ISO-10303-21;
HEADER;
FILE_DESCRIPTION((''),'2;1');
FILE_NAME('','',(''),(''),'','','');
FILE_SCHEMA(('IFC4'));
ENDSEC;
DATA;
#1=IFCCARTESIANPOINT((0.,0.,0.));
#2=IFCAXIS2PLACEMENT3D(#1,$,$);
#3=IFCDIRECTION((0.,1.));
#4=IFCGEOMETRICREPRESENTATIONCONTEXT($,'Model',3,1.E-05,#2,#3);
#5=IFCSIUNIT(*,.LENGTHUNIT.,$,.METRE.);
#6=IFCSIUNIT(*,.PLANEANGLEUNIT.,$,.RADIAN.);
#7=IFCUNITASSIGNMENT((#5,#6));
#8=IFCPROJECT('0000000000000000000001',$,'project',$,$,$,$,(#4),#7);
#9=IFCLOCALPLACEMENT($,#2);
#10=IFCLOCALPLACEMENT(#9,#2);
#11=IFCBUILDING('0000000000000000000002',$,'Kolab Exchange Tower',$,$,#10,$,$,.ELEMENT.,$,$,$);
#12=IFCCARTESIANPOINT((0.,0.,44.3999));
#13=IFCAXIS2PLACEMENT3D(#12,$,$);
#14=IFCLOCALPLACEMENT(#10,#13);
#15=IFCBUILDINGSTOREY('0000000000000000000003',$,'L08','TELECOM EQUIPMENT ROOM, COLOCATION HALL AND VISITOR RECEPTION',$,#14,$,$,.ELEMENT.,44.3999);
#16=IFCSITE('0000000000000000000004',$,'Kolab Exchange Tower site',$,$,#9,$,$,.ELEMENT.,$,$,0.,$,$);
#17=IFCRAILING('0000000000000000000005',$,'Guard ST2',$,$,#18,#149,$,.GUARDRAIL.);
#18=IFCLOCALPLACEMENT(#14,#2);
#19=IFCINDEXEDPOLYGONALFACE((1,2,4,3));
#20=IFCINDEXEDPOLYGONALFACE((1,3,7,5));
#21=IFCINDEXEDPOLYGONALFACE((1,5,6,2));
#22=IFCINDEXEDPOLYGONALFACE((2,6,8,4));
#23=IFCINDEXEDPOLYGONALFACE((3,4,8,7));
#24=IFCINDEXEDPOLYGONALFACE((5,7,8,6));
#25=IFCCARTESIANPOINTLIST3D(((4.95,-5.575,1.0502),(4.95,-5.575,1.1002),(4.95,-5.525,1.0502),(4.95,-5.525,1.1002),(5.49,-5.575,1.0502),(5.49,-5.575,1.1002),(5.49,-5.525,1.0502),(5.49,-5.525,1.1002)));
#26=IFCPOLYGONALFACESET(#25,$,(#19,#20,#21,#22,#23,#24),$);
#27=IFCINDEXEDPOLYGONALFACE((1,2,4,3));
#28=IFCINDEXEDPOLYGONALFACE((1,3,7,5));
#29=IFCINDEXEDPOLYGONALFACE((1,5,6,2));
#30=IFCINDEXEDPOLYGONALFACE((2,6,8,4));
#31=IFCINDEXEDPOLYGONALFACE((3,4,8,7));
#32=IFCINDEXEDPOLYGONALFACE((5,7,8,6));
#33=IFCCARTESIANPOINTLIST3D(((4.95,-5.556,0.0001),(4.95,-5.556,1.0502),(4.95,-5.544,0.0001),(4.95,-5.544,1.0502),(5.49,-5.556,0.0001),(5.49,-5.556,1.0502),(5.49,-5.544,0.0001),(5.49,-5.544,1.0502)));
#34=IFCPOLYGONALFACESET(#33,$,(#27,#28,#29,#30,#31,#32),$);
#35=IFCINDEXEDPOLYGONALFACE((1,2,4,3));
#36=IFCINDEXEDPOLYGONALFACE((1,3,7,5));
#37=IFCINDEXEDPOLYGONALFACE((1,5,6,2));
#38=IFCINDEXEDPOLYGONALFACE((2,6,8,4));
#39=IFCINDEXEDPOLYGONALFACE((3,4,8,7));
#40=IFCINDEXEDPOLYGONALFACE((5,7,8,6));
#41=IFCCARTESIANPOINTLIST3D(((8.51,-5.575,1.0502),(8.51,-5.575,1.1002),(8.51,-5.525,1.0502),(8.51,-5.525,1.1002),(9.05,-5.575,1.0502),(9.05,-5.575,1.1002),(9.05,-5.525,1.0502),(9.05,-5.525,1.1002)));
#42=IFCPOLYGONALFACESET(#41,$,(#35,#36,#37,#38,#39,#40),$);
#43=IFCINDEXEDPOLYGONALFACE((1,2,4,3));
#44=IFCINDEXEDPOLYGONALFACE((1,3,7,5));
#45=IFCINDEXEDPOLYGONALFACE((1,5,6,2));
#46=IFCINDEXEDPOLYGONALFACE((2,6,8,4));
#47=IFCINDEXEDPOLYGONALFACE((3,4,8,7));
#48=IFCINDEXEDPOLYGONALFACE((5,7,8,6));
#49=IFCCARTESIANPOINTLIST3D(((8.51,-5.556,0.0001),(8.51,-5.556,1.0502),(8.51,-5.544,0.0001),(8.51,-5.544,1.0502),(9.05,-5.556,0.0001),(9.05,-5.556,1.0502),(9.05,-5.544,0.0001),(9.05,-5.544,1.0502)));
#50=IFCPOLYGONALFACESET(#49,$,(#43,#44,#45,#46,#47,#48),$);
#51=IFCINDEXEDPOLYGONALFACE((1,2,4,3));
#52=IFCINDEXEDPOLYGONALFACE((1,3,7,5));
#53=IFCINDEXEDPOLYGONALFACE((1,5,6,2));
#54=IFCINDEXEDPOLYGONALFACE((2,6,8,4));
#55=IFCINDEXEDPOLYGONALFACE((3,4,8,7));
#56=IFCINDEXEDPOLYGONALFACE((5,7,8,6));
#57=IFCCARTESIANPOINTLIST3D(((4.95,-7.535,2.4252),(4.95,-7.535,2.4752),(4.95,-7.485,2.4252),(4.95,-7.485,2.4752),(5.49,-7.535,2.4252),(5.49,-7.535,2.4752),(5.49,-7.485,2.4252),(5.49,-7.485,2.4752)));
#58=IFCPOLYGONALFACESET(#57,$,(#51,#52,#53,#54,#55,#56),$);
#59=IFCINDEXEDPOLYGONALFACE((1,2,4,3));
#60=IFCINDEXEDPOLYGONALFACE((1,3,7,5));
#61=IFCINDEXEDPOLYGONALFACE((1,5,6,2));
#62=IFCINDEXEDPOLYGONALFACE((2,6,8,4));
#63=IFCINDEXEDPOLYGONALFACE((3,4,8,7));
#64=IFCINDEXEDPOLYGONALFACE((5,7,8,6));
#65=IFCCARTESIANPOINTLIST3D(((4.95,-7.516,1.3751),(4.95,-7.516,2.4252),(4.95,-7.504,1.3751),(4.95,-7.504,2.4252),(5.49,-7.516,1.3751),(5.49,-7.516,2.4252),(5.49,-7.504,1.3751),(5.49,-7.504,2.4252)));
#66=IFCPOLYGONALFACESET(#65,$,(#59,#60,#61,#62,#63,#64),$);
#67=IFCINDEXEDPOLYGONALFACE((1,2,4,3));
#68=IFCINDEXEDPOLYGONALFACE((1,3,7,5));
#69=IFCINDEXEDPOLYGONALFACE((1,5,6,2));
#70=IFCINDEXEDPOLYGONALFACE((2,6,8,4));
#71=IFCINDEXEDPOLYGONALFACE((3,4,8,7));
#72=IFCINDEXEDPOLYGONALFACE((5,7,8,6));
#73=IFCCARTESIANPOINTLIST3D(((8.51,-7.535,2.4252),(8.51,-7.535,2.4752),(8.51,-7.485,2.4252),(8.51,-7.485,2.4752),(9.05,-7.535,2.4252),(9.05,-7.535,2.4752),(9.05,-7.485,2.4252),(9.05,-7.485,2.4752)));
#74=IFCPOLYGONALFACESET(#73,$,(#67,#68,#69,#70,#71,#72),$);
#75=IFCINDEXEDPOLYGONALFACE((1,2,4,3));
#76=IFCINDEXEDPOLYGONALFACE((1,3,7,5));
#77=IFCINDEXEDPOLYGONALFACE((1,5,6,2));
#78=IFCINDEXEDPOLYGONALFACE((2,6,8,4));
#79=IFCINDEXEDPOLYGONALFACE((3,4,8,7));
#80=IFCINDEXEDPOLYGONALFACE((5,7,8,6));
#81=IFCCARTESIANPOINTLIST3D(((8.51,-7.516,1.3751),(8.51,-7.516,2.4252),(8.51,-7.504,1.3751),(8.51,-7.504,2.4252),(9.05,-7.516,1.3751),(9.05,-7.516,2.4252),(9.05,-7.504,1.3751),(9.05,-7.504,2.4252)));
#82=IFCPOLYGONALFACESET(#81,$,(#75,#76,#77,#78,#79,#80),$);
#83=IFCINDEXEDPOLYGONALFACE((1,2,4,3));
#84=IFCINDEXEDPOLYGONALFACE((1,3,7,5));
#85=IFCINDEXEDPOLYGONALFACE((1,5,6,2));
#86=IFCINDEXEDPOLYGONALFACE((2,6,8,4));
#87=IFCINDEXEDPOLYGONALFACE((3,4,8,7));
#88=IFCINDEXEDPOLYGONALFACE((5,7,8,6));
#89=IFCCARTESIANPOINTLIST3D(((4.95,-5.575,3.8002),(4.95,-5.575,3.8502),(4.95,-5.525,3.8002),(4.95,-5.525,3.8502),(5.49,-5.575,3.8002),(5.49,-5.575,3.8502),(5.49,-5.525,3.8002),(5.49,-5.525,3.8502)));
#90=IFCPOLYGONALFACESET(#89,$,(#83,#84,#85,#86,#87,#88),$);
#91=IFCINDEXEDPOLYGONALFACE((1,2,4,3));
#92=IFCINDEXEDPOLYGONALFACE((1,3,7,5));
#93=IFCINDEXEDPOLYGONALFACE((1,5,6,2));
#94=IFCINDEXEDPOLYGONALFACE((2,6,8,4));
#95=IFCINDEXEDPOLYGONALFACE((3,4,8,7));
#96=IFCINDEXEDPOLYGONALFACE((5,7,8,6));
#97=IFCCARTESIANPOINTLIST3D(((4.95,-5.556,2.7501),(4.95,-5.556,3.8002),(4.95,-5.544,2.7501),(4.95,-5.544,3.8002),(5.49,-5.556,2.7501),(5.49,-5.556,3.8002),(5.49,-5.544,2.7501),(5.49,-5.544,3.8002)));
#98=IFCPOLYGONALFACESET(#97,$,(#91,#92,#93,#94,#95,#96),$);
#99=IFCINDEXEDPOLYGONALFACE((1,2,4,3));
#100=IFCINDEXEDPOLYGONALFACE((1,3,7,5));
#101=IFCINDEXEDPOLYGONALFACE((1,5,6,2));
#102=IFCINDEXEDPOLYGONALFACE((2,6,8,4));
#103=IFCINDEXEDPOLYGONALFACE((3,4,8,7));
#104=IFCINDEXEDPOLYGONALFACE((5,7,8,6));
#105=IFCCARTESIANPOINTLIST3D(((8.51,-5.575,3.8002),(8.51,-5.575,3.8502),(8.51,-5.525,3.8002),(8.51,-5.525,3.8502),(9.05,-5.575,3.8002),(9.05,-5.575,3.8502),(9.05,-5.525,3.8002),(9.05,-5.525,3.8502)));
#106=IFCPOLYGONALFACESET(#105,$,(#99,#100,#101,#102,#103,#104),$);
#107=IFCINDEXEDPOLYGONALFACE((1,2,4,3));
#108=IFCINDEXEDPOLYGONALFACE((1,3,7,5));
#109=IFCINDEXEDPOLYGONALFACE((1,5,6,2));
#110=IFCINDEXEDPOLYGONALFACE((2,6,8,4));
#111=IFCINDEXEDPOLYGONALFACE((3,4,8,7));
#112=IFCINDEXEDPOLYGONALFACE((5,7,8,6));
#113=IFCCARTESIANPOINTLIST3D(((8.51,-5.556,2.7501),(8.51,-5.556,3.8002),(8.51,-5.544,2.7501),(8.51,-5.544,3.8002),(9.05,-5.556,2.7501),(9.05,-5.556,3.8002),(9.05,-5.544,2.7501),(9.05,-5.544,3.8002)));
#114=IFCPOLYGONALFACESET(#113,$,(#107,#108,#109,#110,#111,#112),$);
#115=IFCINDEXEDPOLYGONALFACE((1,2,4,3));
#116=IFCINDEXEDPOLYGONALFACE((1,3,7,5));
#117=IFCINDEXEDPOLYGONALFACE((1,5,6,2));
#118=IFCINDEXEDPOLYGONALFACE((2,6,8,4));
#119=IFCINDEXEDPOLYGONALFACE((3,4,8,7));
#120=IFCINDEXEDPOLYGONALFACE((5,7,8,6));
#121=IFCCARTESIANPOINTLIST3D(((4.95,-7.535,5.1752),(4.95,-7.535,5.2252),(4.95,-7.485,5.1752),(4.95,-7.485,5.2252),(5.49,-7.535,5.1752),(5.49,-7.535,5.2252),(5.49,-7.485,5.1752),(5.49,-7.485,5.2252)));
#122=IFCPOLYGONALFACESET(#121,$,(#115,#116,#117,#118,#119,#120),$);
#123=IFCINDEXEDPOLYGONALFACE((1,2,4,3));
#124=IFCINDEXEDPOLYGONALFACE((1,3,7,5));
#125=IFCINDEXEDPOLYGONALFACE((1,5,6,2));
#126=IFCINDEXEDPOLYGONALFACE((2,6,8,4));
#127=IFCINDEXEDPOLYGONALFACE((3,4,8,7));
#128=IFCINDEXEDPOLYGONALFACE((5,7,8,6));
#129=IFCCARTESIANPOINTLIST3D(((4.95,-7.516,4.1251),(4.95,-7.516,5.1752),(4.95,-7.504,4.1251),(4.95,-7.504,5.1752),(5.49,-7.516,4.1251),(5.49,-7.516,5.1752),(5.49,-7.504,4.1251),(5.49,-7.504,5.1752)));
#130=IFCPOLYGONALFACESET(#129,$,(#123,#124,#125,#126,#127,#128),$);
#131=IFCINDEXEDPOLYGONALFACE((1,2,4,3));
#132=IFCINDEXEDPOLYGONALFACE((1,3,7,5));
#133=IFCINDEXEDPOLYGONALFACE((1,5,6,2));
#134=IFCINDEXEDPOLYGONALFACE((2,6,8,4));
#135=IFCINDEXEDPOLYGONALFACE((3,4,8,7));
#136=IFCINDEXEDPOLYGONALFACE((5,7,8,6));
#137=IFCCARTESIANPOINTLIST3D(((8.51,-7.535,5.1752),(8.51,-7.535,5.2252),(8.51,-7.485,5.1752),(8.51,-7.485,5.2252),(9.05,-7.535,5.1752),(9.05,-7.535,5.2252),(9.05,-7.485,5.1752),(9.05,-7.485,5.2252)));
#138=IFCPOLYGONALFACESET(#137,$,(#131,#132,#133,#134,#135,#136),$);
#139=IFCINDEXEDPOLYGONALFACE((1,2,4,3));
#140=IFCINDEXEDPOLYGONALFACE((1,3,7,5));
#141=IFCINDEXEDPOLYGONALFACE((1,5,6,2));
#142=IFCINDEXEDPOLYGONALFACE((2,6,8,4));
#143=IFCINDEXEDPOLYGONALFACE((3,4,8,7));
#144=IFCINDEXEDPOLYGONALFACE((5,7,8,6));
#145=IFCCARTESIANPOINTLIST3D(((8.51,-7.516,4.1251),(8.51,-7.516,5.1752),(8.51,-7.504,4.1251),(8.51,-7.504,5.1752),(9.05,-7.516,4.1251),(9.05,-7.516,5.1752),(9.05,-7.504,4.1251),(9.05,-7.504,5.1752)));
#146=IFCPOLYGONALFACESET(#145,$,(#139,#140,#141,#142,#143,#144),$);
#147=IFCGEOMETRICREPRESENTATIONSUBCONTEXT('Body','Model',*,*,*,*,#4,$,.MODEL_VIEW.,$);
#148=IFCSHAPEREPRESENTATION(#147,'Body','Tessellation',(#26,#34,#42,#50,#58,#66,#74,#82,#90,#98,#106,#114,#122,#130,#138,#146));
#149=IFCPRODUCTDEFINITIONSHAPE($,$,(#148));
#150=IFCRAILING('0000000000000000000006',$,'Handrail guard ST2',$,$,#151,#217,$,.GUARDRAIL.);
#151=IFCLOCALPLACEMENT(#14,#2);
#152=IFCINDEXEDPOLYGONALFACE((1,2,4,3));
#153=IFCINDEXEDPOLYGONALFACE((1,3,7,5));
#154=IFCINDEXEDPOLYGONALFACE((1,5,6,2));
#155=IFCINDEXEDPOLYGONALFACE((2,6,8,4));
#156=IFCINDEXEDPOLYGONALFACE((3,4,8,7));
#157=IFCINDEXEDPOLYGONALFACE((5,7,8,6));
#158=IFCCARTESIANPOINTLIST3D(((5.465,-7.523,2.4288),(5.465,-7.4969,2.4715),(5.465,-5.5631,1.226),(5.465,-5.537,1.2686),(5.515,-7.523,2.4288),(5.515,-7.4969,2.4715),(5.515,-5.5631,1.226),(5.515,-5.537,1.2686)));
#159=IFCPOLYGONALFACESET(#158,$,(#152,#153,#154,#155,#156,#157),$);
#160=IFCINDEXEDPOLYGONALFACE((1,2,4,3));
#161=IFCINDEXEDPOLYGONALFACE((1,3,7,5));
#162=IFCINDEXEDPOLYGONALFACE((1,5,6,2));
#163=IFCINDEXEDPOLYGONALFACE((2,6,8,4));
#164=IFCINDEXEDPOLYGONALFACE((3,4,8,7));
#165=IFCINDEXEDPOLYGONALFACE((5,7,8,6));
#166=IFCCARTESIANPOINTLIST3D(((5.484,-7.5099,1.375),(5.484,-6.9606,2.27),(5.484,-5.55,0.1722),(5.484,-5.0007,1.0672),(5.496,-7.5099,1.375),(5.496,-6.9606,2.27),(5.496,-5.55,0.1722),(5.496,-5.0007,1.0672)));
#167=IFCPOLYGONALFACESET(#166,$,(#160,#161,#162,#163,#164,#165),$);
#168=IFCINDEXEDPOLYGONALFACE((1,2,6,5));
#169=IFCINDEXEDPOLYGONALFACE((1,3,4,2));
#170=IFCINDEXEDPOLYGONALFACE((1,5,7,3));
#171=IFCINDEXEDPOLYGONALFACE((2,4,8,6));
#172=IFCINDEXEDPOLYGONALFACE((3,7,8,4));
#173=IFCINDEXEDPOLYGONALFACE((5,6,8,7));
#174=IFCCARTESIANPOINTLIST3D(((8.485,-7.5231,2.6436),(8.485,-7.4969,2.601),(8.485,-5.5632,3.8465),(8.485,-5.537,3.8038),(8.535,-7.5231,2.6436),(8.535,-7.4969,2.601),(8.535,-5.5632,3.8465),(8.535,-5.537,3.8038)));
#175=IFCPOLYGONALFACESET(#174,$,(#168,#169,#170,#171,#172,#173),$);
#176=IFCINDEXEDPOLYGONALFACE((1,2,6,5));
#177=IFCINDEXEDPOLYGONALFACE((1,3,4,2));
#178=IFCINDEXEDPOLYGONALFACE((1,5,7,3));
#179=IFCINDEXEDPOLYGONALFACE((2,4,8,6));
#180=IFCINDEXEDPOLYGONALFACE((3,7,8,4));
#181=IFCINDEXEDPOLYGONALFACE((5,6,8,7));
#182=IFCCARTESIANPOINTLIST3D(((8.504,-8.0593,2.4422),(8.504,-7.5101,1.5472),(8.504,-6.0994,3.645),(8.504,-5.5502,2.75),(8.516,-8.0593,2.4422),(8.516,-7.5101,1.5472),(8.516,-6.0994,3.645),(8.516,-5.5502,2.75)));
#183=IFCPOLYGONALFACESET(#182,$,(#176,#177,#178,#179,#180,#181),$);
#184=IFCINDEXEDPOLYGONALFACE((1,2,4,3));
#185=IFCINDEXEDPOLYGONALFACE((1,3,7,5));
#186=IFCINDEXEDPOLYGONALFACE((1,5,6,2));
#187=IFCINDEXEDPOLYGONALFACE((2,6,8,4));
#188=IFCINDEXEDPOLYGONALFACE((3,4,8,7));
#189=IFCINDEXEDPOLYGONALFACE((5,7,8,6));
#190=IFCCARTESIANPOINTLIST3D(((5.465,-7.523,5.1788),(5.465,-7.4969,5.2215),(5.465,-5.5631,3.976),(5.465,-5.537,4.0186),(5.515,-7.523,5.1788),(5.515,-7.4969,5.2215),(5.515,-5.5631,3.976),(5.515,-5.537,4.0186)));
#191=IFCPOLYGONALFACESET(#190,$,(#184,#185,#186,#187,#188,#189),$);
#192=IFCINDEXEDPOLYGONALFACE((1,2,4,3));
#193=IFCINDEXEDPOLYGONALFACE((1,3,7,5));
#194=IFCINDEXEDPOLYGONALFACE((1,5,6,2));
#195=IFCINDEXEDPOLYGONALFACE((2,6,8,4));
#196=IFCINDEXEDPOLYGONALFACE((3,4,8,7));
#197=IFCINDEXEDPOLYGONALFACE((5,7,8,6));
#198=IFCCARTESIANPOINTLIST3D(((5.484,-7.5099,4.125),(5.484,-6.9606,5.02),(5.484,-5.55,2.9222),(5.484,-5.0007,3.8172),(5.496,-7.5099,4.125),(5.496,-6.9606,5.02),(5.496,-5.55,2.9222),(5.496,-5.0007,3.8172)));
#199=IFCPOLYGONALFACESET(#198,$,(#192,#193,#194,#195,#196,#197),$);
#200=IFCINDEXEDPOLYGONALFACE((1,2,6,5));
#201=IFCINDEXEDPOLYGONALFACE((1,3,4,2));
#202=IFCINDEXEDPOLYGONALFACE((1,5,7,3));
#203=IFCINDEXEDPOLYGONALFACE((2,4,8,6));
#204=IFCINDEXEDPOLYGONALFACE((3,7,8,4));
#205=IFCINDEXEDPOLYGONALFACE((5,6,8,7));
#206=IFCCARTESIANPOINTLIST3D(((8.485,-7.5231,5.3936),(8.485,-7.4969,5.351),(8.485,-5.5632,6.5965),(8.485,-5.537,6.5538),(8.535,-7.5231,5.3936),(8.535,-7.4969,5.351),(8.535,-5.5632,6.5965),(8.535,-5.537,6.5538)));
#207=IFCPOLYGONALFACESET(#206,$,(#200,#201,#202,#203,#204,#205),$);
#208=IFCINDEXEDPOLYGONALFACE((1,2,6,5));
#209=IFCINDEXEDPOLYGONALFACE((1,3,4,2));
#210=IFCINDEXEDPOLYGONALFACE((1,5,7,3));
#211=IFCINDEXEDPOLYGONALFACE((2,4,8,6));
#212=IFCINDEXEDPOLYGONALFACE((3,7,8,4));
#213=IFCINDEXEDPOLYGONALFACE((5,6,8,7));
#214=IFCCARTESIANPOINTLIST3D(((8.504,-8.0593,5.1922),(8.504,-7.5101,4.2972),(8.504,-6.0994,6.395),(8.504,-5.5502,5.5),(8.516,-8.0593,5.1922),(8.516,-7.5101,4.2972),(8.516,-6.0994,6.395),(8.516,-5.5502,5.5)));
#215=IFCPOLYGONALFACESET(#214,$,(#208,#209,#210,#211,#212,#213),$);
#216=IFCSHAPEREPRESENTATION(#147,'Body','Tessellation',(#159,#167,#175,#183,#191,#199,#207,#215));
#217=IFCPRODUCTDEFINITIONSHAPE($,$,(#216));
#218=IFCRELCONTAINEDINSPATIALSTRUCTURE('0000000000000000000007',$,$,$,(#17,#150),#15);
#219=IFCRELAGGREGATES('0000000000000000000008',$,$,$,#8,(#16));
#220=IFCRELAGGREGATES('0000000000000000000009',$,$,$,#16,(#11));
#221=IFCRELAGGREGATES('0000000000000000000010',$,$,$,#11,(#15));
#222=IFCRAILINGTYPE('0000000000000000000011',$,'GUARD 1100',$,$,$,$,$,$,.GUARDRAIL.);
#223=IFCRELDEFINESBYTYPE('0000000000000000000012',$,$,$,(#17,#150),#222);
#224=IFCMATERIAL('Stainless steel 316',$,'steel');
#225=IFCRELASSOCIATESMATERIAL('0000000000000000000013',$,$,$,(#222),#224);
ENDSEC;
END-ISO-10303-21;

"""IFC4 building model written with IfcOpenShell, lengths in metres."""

from ifc_helpers import new_model, si_unit, direction, frame, frame_2d, origin, origin_2d, place, context, subcontext, project, spatial, rectangle, extrude, material, type_object, element, save


model = new_model("IFC4")

# Units and contexts
model_context = context("Model", 3, precision=1e-05, world=origin(), true_north=direction((0.0, 1.0)))
body_context = subcontext(model_context, "Body", "Model", "MODEL_VIEW")
ifc_project = project(units=[si_unit("LENGTHUNIT", "METRE"), si_unit("PLANEANGLEUNIT", "RADIAN")], contexts=[model_context])

# Site, building, storey
site_placement = place(None, origin())
site = spatial("IfcSite", under=ifc_project, at=site_placement, Name="Kolab Exchange Tower site", CompositionType="ELEMENT", RefElevation=0.0)
building_placement = place(site_placement, origin())
building = spatial("IfcBuilding", under=site, at=building_placement, Name="Kolab Exchange Tower", CompositionType="ELEMENT")
storey_placement = place(building_placement, frame((0.0, 0.0, 44.3999)))
storey = spatial("IfcBuildingStorey", under=building, at=storey_placement, Name="L08", Description="TELECOM EQUIPMENT ROOM, COLOCATION HALL AND VISITOR RECEPTION", CompositionType="ELEMENT", Elevation=44.3999)

# Shared definitions
ifc_material_1 = material(Name="Stainless steel 316", Category="steel")

# Railings
railing_type = type_object("IfcRailingType", Name="GUARD 1100", PredefinedType="GUARDRAIL", material=ifc_material_1)
railing_1_placement = place(storey_placement, frame((4.95, -5.55, 0.0)))
element("IfcRailing", 1, at=railing_1_placement, inside=storey, type_object=railing_type, Name="Guard ST2", PredefinedType="GUARDRAIL", context=body_context, shape_type="SweptSolid", body=[
    extrude(rectangle(XDim=0.05, YDim=0.05, at=origin_2d()), frame((0.0, 0.0, 1.0752), z_axis=(1.0, 0.0, 0.0), x_axis=(0.0, 1.0, 0.0)), (0.0, 0.0, 1.0), 0.54),
    extrude(rectangle(XDim=0.012, YDim=1.0501, at=frame_2d((0.0, 0.5251))), frame((0.0, 0.0, 0.0), z_axis=(1.0, 0.0, 0.0), x_axis=(0.0, 1.0, 0.0)), (0.0, 0.0, 1.0), 0.54),
    extrude(rectangle(XDim=0.05, YDim=0.05, at=origin_2d()), frame((3.5601, 0.0, 1.0752), z_axis=(1.0, 0.0, 0.0), x_axis=(0.0, 1.0, 0.0)), (0.0, 0.0, 1.0), 0.54),
    extrude(rectangle(XDim=0.012, YDim=1.0501, at=frame_2d((0.0, 0.5251))), frame((3.5601, 0.0, 0.0), z_axis=(1.0, 0.0, 0.0), x_axis=(0.0, 1.0, 0.0)), (0.0, 0.0, 1.0), 0.54),
    extrude(rectangle(XDim=0.05, YDim=0.05, at=origin_2d()), frame((0.0, -1.96, 2.4502), z_axis=(1.0, 0.0, 0.0), x_axis=(0.0, 1.0, 0.0)), (0.0, 0.0, 1.0), 0.54),
    extrude(rectangle(XDim=0.012, YDim=1.0501, at=frame_2d((0.0, 0.5251))), frame((0.0, -1.96, 1.375), z_axis=(1.0, 0.0, 0.0), x_axis=(0.0, 1.0, 0.0)), (0.0, 0.0, 1.0), 0.54),
    extrude(rectangle(XDim=0.05, YDim=0.05, at=origin_2d()), frame((3.5601, -1.96, 2.4502), z_axis=(1.0, 0.0, 0.0), x_axis=(0.0, 1.0, 0.0)), (0.0, 0.0, 1.0), 0.54),
    extrude(rectangle(XDim=0.012, YDim=1.0501, at=frame_2d((0.0, 0.5251))), frame((3.5601, -1.96, 1.375), z_axis=(1.0, 0.0, 0.0), x_axis=(0.0, 1.0, 0.0)), (0.0, 0.0, 1.0), 0.54),
    extrude(rectangle(XDim=0.05, YDim=0.05, at=origin_2d()), frame((0.0, 0.0, 3.8252), z_axis=(1.0, 0.0, 0.0), x_axis=(0.0, 1.0, 0.0)), (0.0, 0.0, 1.0), 0.54),
    extrude(rectangle(XDim=0.012, YDim=1.0501, at=frame_2d((0.0, 0.5251))), frame((0.0, 0.0, 2.75), z_axis=(1.0, 0.0, 0.0), x_axis=(0.0, 1.0, 0.0)), (0.0, 0.0, 1.0), 0.54),
    extrude(rectangle(XDim=0.05, YDim=0.05, at=origin_2d()), frame((3.5601, 0.0, 3.8252), z_axis=(1.0, 0.0, 0.0), x_axis=(0.0, 1.0, 0.0)), (0.0, 0.0, 1.0), 0.54),
    extrude(rectangle(XDim=0.012, YDim=1.0501, at=frame_2d((0.0, 0.5251))), frame((3.5601, 0.0, 2.75), z_axis=(1.0, 0.0, 0.0), x_axis=(0.0, 1.0, 0.0)), (0.0, 0.0, 1.0), 0.54),
    extrude(rectangle(XDim=0.05, YDim=0.05, at=origin_2d()), frame((0.0, -1.96, 5.2002), z_axis=(1.0, 0.0, 0.0), x_axis=(0.0, 1.0, 0.0)), (0.0, 0.0, 1.0), 0.54),
    extrude(rectangle(XDim=0.012, YDim=1.0501, at=frame_2d((0.0, 0.5251))), frame((0.0, -1.96, 4.125), z_axis=(1.0, 0.0, 0.0), x_axis=(0.0, 1.0, 0.0)), (0.0, 0.0, 1.0), 0.54),
    extrude(rectangle(XDim=0.05, YDim=0.05, at=origin_2d()), frame((3.5601, -1.96, 5.2002), z_axis=(1.0, 0.0, 0.0), x_axis=(0.0, 1.0, 0.0)), (0.0, 0.0, 1.0), 0.54),
    extrude(rectangle(XDim=0.012, YDim=1.0501, at=frame_2d((0.0, 0.5251))), frame((3.5601, -1.96, 4.125), z_axis=(1.0, 0.0, 0.0), x_axis=(0.0, 1.0, 0.0)), (0.0, 0.0, 1.0), 0.54),
])
railing_2_placement = place(storey_placement, frame((5.49, -5.55, 0.1721)))
element("IfcRailing", 2, at=railing_2_placement, inside=storey, type_object=railing_type, Name="Handrail guard ST2", PredefinedType="GUARDRAIL", context=body_context, shape_type="SweptSolid", body=[
    extrude(rectangle(XDim=0.05, YDim=0.05, at=origin_2d()), frame((0.0, 0.0, 1.0752), z_axis=(0.0, -0.852288, 0.523072), x_axis=(1.0, 0.0, 0.0)), (0.0, 0.0, 1.0), 2.2996),
    extrude(rectangle(XDim=0.012, YDim=1.0501, at=frame_2d((0.0, 0.5251))), frame((0.0, 0.0, 0.0), z_axis=(0.0, -0.852288, 0.523072), x_axis=(1.0, 0.0, 0.0)), (0.0, 0.0, 1.0), 2.2996),
    extrude(rectangle(XDim=0.05, YDim=0.05, at=origin_2d()), frame((3.02, -1.96, 2.4502), z_axis=(0.0, 0.852288, 0.523072), x_axis=(-1.0, 0.0, 0.0)), (0.0, 0.0, 1.0), 2.2996),
    extrude(rectangle(XDim=0.012, YDim=1.0501, at=frame_2d((0.0, 0.5251))), frame((3.02, -1.96, 1.375), z_axis=(0.0, 0.852288, 0.523072), x_axis=(-1.0, 0.0, 0.0)), (0.0, 0.0, 1.0), 2.2996),
    extrude(rectangle(XDim=0.05, YDim=0.05, at=origin_2d()), frame((0.0, 0.0, 3.8252), z_axis=(0.0, -0.852288, 0.523072), x_axis=(1.0, 0.0, 0.0)), (0.0, 0.0, 1.0), 2.2996),
    extrude(rectangle(XDim=0.012, YDim=1.0501, at=frame_2d((0.0, 0.5251))), frame((0.0, 0.0, 2.75), z_axis=(0.0, -0.852288, 0.523072), x_axis=(1.0, 0.0, 0.0)), (0.0, 0.0, 1.0), 2.2996),
    extrude(rectangle(XDim=0.05, YDim=0.05, at=origin_2d()), frame((3.02, -1.96, 5.2002), z_axis=(0.0, 0.852288, 0.523072), x_axis=(-1.0, 0.0, 0.0)), (0.0, 0.0, 1.0), 2.2996),
    extrude(rectangle(XDim=0.012, YDim=1.0501, at=frame_2d((0.0, 0.5251))), frame((3.02, -1.96, 4.125), z_axis=(0.0, 0.852288, 0.523072), x_axis=(-1.0, 0.0, 0.0)), (0.0, 0.0, 1.0), 2.2996),
])

save(model, "model.ifc")
